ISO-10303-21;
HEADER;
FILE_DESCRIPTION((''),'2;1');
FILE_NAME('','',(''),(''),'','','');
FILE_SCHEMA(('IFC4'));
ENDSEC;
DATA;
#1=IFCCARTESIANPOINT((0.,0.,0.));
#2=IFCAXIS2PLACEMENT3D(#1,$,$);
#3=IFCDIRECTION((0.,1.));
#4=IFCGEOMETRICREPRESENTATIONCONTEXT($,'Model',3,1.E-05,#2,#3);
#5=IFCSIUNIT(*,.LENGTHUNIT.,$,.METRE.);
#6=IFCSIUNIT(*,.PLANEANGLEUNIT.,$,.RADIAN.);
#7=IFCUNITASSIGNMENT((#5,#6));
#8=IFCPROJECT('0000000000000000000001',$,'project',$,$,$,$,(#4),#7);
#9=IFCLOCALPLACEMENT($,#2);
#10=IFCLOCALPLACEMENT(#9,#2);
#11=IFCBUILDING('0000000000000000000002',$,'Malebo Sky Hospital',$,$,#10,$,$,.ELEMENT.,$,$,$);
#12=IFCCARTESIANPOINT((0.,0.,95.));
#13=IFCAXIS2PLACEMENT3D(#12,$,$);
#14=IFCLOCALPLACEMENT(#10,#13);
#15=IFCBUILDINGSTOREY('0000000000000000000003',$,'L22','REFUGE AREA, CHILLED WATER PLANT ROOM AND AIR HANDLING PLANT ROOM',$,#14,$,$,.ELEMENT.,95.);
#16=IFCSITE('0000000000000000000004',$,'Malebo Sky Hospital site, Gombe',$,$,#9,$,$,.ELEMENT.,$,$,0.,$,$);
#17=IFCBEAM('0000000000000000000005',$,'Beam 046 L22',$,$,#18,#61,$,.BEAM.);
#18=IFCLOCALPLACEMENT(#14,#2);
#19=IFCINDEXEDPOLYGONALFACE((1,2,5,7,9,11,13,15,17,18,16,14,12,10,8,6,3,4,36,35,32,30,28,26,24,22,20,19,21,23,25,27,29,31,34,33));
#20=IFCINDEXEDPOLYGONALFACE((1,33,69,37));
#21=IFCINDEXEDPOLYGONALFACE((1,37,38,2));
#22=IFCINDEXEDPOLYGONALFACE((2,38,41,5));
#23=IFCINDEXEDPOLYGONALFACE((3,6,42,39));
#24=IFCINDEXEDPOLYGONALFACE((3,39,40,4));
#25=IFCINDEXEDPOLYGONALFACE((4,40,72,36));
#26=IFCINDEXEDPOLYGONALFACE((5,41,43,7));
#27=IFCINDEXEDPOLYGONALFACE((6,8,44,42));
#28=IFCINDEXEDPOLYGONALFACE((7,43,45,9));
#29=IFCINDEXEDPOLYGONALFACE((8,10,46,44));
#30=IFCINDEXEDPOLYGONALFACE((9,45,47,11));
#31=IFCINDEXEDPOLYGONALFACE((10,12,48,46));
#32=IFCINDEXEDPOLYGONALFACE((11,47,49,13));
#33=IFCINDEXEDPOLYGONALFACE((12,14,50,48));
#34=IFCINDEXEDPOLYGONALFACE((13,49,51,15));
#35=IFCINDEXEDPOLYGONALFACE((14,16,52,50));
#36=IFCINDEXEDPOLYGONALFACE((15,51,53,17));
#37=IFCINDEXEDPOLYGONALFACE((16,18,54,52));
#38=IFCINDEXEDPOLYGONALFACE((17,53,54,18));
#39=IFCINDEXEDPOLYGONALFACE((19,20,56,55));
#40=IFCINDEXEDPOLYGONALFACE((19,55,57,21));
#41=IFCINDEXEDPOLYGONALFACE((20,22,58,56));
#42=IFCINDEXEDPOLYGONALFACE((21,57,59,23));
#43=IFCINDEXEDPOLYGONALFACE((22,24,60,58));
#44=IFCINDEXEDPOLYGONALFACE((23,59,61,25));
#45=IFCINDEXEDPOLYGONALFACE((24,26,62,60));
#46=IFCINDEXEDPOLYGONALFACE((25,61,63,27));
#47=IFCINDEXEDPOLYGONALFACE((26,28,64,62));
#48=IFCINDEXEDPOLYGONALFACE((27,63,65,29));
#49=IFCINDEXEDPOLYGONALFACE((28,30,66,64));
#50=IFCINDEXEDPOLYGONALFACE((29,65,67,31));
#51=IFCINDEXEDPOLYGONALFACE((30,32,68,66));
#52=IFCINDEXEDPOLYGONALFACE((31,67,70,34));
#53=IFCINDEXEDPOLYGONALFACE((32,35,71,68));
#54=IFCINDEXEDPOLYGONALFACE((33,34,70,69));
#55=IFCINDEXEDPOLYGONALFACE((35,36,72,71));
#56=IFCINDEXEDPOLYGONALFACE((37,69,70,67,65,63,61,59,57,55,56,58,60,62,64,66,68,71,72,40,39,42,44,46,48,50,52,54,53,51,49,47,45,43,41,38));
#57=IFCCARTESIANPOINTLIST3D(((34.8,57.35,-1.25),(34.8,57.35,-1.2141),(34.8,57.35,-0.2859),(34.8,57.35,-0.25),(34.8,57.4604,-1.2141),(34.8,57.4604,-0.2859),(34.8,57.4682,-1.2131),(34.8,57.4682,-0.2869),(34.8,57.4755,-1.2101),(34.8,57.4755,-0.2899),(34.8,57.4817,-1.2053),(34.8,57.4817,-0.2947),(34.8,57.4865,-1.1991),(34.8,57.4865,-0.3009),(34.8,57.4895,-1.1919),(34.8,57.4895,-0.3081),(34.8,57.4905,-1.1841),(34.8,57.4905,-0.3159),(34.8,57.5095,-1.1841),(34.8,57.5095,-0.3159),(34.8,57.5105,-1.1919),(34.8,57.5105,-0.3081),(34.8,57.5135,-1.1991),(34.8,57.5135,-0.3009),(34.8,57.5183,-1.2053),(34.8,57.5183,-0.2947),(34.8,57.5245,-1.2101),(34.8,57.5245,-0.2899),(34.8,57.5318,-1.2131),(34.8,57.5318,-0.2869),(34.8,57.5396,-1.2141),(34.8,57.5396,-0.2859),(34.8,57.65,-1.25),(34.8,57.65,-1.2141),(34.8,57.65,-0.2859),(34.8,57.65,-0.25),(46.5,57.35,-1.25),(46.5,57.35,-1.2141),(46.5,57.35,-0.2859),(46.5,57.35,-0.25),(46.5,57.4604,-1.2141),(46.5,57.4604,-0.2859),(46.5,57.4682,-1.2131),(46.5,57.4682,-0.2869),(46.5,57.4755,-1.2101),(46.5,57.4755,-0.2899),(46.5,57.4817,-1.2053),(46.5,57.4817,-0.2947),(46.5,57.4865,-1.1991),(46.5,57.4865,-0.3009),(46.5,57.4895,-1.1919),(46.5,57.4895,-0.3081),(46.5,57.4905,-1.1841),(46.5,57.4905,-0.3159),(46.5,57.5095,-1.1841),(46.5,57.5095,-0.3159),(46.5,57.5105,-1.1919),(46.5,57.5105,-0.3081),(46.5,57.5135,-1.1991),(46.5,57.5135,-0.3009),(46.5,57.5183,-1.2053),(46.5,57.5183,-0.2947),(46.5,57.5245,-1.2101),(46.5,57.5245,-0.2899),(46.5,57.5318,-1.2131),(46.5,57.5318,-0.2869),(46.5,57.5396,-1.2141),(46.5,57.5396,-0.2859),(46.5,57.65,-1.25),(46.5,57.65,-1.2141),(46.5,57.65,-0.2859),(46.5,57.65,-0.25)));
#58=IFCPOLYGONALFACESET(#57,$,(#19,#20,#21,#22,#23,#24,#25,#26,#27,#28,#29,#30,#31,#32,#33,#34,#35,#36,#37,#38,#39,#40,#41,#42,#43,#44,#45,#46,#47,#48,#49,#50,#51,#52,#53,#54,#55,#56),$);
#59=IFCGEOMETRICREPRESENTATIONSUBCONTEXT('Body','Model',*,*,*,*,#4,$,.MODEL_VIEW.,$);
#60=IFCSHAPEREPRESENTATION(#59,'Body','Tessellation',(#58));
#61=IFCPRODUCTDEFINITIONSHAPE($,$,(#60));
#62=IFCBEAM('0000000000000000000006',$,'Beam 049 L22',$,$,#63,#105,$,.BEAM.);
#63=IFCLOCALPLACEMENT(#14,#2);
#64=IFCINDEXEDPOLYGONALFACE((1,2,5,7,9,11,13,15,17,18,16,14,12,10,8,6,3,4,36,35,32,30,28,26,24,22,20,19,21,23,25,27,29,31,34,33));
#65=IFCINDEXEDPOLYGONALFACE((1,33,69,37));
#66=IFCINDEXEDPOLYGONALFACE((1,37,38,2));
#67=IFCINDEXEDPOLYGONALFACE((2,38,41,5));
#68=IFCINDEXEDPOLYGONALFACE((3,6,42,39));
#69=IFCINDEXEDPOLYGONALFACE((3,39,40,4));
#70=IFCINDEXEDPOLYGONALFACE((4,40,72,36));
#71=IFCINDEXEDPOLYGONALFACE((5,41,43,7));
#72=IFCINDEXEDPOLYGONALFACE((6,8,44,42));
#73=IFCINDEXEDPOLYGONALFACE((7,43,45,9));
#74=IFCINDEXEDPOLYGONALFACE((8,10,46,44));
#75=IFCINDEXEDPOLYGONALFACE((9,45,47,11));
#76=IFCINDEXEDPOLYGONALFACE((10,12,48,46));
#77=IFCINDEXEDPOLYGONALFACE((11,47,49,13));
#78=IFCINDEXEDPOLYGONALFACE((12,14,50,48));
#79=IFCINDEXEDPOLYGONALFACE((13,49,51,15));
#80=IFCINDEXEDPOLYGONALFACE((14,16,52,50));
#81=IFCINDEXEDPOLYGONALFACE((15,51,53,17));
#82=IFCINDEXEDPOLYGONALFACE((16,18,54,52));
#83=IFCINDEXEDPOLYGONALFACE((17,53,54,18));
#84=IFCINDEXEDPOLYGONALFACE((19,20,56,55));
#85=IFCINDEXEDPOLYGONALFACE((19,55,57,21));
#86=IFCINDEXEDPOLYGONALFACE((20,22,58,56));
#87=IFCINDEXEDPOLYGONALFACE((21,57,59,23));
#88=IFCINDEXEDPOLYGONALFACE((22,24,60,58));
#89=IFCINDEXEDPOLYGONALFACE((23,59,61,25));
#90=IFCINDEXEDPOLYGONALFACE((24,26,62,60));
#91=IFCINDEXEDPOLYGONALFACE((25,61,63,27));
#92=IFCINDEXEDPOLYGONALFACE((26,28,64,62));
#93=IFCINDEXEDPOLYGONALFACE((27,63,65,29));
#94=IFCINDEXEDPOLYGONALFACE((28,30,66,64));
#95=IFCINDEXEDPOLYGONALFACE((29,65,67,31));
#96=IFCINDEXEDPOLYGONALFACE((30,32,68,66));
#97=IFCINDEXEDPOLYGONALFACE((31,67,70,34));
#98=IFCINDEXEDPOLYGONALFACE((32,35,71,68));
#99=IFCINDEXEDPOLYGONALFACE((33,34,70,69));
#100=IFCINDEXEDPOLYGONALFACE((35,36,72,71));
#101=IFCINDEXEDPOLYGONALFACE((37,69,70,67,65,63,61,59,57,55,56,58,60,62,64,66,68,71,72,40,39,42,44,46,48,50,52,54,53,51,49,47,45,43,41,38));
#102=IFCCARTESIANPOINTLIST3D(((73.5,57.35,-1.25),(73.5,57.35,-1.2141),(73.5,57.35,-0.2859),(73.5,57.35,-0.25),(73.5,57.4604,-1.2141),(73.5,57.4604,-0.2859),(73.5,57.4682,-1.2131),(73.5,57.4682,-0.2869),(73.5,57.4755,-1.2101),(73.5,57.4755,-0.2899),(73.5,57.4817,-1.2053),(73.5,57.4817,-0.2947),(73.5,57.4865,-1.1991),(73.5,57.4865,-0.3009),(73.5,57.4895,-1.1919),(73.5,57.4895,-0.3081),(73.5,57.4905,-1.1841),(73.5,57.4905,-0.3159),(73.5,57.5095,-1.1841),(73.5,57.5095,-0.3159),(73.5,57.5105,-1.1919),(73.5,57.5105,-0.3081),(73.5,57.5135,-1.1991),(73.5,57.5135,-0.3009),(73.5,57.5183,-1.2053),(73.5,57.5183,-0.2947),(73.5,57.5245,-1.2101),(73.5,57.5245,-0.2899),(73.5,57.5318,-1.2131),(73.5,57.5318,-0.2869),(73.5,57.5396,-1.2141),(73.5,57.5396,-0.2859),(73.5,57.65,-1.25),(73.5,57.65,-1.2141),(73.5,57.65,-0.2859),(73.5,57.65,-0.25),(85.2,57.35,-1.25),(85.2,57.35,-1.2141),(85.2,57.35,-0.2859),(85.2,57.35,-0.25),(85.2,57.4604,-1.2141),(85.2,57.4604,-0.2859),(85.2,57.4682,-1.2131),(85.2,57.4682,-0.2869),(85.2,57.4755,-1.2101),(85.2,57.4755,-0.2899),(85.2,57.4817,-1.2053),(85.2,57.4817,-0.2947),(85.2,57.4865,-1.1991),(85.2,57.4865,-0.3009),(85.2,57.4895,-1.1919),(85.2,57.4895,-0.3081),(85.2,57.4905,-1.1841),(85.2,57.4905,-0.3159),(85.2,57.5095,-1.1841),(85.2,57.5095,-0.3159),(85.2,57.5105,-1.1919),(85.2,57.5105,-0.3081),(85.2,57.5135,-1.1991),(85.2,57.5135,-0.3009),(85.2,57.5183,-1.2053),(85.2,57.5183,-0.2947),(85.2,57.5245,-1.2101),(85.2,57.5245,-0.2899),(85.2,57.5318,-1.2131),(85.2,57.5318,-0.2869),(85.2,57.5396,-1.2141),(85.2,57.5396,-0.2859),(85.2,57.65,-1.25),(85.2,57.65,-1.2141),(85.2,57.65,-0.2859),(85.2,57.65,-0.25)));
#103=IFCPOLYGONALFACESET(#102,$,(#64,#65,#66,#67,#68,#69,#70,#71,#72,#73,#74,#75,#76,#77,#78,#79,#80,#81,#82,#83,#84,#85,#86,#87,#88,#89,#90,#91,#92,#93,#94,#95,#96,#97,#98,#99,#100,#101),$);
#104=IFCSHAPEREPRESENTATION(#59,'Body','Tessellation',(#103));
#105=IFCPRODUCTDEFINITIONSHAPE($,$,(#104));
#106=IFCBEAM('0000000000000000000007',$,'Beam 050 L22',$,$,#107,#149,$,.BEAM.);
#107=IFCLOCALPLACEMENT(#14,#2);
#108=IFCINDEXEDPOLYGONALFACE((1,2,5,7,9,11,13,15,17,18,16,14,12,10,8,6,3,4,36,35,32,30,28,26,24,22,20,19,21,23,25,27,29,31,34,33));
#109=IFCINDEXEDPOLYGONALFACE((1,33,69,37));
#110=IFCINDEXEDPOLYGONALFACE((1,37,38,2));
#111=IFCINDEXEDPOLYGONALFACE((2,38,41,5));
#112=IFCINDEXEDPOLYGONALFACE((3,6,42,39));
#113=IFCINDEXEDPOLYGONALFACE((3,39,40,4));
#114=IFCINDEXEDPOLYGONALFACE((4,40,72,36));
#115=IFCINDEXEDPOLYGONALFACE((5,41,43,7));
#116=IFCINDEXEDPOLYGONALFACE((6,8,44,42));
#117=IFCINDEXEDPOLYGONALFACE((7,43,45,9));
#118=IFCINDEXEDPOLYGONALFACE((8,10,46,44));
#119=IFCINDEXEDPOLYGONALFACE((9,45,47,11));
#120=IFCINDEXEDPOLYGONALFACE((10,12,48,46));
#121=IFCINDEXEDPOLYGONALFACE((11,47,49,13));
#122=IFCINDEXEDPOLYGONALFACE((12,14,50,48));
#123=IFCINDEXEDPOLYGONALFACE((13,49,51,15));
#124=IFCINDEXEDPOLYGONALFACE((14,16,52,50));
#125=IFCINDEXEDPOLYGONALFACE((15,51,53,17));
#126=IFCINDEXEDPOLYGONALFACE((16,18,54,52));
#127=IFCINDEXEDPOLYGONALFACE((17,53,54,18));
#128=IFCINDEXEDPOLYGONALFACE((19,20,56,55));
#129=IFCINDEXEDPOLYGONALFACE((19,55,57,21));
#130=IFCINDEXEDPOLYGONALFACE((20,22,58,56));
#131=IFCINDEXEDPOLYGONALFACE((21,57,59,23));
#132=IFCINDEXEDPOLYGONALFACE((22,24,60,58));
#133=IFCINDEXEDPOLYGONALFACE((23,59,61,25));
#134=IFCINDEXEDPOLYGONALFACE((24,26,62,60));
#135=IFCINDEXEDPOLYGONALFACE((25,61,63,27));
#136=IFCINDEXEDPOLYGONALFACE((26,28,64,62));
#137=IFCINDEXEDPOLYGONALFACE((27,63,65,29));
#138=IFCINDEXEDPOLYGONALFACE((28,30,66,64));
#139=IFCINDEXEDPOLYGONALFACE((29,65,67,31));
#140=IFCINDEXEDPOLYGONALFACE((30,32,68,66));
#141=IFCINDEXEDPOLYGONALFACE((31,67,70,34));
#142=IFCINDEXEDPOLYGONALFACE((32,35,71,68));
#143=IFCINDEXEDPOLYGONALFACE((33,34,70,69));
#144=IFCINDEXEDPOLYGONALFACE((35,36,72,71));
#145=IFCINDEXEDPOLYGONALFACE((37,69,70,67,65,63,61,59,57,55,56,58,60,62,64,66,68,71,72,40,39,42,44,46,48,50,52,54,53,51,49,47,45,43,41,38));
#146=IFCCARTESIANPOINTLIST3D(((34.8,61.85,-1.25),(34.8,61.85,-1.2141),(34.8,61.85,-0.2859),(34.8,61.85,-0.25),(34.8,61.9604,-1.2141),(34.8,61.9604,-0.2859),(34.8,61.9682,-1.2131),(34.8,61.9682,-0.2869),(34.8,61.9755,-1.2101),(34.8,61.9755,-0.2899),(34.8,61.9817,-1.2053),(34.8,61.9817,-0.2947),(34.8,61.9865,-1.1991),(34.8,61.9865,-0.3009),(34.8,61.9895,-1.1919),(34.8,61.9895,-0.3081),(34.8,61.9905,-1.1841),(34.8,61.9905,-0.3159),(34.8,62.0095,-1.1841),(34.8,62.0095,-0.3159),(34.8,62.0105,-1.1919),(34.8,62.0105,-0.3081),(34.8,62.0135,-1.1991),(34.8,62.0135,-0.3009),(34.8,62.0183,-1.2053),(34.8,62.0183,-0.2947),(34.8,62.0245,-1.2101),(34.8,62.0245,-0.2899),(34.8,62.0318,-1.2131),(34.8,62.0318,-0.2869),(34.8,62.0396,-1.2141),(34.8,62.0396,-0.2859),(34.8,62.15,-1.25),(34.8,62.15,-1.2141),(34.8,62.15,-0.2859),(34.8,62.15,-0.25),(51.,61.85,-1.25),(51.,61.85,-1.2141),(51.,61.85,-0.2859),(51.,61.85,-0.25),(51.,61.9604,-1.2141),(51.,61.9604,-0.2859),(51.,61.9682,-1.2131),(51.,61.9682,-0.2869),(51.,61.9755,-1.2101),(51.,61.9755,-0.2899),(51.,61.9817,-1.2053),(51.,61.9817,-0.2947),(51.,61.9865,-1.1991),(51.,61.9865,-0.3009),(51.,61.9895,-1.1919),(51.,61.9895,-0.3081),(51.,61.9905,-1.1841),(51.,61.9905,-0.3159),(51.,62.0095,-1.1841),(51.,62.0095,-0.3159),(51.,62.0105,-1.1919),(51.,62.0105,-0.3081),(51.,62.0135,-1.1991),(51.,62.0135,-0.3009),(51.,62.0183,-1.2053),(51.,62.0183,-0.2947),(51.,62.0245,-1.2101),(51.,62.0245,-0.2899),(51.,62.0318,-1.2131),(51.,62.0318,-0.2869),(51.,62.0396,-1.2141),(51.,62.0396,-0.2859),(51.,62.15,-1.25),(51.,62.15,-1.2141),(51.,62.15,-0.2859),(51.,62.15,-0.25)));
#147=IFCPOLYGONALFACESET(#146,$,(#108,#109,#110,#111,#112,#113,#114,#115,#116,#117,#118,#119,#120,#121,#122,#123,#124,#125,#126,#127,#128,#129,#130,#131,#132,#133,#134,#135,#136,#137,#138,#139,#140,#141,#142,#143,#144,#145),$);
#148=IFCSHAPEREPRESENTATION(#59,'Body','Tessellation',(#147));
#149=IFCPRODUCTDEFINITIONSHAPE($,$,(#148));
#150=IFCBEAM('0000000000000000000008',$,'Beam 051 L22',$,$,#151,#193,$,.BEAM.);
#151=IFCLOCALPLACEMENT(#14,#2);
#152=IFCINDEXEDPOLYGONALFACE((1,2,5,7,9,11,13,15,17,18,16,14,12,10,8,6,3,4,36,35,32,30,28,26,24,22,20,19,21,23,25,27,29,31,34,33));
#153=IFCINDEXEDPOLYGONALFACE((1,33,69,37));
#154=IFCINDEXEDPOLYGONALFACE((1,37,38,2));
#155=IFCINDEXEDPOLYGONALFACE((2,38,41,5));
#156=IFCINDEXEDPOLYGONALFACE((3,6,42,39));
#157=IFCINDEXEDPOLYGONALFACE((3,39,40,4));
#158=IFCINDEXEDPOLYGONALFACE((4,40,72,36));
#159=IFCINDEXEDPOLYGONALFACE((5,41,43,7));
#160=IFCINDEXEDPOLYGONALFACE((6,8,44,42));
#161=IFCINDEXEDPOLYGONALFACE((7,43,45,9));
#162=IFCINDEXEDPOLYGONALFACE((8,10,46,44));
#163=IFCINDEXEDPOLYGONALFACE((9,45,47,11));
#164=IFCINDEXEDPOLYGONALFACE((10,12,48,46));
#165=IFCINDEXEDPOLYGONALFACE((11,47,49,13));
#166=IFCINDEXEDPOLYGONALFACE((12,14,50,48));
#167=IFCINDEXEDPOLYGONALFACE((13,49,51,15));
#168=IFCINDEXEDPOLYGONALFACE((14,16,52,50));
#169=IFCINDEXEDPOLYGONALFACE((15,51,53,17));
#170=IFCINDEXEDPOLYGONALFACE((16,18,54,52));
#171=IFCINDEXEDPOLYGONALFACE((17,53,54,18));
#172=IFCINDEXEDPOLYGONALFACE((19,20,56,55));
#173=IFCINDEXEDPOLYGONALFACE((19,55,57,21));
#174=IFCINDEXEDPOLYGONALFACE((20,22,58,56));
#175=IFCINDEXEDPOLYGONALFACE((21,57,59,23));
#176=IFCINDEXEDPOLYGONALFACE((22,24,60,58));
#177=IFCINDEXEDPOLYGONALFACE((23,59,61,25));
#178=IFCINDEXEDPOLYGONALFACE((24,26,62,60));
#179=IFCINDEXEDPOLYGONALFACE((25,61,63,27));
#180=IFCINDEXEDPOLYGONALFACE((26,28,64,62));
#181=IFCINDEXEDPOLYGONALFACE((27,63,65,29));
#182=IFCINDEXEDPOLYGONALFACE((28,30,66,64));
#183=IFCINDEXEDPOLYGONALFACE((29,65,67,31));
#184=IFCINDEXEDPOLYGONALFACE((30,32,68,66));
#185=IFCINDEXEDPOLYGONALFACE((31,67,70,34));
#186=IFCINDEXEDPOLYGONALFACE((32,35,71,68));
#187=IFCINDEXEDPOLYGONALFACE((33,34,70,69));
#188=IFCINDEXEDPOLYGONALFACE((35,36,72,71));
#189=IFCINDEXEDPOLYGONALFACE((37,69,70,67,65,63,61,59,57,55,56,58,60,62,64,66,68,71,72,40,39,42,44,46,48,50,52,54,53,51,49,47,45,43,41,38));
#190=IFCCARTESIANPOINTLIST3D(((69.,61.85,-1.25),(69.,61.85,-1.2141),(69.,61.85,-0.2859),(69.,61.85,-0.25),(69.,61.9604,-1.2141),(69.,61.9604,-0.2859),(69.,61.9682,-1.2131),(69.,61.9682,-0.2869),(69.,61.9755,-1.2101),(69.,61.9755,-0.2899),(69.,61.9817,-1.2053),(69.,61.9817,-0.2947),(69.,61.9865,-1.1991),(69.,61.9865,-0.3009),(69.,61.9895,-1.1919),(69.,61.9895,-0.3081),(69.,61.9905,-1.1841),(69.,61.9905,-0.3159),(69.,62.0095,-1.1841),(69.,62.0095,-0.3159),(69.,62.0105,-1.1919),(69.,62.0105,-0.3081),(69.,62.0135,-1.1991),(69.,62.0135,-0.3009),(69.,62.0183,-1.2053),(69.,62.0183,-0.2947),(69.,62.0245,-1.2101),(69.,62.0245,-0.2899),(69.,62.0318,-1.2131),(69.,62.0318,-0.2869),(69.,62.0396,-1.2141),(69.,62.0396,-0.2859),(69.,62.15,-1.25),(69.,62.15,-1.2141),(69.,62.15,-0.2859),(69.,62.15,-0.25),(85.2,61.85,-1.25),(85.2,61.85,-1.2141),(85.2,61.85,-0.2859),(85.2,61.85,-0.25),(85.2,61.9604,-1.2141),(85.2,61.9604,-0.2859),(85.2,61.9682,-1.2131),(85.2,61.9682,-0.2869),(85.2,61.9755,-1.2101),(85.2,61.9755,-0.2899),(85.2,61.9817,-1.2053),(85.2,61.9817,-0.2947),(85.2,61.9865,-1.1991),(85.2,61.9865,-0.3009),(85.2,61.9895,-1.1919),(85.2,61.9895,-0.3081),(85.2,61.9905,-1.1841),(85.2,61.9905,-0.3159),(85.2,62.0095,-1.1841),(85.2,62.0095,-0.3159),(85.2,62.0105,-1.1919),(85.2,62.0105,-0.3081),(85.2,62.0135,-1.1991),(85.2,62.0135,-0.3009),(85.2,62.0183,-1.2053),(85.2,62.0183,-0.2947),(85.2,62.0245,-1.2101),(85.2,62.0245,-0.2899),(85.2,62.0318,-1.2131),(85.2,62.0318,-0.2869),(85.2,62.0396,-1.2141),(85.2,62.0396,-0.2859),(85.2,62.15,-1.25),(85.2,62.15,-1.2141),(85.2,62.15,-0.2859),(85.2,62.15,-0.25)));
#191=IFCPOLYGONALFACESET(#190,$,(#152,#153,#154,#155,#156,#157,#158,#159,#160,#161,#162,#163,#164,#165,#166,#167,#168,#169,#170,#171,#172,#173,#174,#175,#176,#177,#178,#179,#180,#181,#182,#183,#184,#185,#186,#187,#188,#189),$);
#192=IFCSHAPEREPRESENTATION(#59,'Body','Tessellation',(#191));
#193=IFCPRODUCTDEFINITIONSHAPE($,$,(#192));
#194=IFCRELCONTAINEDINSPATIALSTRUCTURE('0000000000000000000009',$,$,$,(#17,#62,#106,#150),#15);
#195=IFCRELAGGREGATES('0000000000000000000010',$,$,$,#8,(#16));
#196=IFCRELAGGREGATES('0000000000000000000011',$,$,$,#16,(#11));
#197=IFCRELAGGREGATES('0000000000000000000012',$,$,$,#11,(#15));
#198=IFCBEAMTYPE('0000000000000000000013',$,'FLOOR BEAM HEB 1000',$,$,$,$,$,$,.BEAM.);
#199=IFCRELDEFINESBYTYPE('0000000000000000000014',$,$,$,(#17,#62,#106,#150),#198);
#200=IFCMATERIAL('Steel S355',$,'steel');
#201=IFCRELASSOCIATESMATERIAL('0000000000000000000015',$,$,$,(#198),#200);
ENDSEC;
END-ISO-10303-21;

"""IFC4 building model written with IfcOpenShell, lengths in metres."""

from ifc_helpers import new_model, si_unit, direction, frame, origin, origin_2d, place, context, subcontext, project, spatial, i_section, extrude, material, material_profile, profile_set, type_object, element, save


model = new_model("IFC4")

# Units and contexts
model_context = context("Model", 3, precision=1e-05, world=origin(), true_north=direction((0.0, 1.0)))
body_context = subcontext(model_context, "Body", "Model", "MODEL_VIEW")
ifc_project = project(units=[si_unit("LENGTHUNIT", "METRE"), si_unit("PLANEANGLEUNIT", "RADIAN")], contexts=[model_context])

# Site, building, storey
site_placement = place(None, origin())
site = spatial("IfcSite", under=ifc_project, at=site_placement, Name="Malebo Sky Hospital site, Gombe", CompositionType="ELEMENT", RefElevation=0.0)
building_placement = place(site_placement, origin())
building = spatial("IfcBuilding", under=site, at=building_placement, Name="Malebo Sky Hospital", CompositionType="ELEMENT")
storey_placement = place(building_placement, frame((0.0, 0.0, 95.0)))
storey = spatial("IfcBuildingStorey", under=building, at=storey_placement, Name="L22", Description="REFUGE AREA, CHILLED WATER PLANT ROOM AND AIR HANDLING PLANT ROOM", CompositionType="ELEMENT", Elevation=95.0)

# Beams
ifc_material_1 = material(Name="Steel S355", Category="steel")
ifc_material_profile_1 = material_profile(ifc_material_1, i_section(OverallWidth=0.3, OverallDepth=1.0, WebThickness=0.019, FlangeThickness=0.0359, FilletRadius=0.03, at=origin_2d()), Name="HEB 1000")
ifc_profile_set_1 = profile_set([ifc_material_profile_1], Name="Steel S355")
beam_type_1 = type_object("IfcBeamType", Name="FLOOR BEAM HEB 1000", PredefinedType="BEAM", material=ifc_profile_set_1)
for number, where, z_axis, x_axis, name in (
    (1, (34.8, 57.5, -0.75), (1.0, 0.0, 0.0), (0.0, 1.0, 0.0), "Beam 046 L22"),
    (2, (73.5, 57.5, -0.75), (1.0, 0.0, 0.0), (0.0, 1.0, 0.0), "Beam 049 L22"),
):
    element("IfcBeam", number, at=place(storey_placement, frame(where, z_axis=z_axis, x_axis=x_axis)), inside=storey, type_object=beam_type_1, Name=name, PredefinedType="BEAM", context=body_context, shape_type="SweptSolid", body=[
        extrude(i_section(OverallWidth=0.3, OverallDepth=1.0, WebThickness=0.019, FlangeThickness=0.0359, FilletRadius=0.03, at=origin_2d()), origin(), (0.0, 0.0, 1.0), 11.7),
    ])
for number, where, z_axis, x_axis, name in (
    (3, (34.8, 62.0, -0.75), (1.0, 0.0, 0.0), (0.0, 1.0, 0.0), "Beam 050 L22"),
    (4, (69.0, 62.0, -0.75), (1.0, 0.0, 0.0), (0.0, 1.0, 0.0), "Beam 051 L22"),
):
    element("IfcBeam", number, at=place(storey_placement, frame(where, z_axis=z_axis, x_axis=x_axis)), inside=storey, type_object=beam_type_1, Name=name, PredefinedType="BEAM", context=body_context, shape_type="SweptSolid", body=[
        extrude(i_section(OverallWidth=0.3, OverallDepth=1.0, WebThickness=0.019, FlangeThickness=0.0359, FilletRadius=0.03, at=origin_2d()), origin(), (0.0, 0.0, 1.0), 16.2),
    ])

save(model, "model.ifc")
